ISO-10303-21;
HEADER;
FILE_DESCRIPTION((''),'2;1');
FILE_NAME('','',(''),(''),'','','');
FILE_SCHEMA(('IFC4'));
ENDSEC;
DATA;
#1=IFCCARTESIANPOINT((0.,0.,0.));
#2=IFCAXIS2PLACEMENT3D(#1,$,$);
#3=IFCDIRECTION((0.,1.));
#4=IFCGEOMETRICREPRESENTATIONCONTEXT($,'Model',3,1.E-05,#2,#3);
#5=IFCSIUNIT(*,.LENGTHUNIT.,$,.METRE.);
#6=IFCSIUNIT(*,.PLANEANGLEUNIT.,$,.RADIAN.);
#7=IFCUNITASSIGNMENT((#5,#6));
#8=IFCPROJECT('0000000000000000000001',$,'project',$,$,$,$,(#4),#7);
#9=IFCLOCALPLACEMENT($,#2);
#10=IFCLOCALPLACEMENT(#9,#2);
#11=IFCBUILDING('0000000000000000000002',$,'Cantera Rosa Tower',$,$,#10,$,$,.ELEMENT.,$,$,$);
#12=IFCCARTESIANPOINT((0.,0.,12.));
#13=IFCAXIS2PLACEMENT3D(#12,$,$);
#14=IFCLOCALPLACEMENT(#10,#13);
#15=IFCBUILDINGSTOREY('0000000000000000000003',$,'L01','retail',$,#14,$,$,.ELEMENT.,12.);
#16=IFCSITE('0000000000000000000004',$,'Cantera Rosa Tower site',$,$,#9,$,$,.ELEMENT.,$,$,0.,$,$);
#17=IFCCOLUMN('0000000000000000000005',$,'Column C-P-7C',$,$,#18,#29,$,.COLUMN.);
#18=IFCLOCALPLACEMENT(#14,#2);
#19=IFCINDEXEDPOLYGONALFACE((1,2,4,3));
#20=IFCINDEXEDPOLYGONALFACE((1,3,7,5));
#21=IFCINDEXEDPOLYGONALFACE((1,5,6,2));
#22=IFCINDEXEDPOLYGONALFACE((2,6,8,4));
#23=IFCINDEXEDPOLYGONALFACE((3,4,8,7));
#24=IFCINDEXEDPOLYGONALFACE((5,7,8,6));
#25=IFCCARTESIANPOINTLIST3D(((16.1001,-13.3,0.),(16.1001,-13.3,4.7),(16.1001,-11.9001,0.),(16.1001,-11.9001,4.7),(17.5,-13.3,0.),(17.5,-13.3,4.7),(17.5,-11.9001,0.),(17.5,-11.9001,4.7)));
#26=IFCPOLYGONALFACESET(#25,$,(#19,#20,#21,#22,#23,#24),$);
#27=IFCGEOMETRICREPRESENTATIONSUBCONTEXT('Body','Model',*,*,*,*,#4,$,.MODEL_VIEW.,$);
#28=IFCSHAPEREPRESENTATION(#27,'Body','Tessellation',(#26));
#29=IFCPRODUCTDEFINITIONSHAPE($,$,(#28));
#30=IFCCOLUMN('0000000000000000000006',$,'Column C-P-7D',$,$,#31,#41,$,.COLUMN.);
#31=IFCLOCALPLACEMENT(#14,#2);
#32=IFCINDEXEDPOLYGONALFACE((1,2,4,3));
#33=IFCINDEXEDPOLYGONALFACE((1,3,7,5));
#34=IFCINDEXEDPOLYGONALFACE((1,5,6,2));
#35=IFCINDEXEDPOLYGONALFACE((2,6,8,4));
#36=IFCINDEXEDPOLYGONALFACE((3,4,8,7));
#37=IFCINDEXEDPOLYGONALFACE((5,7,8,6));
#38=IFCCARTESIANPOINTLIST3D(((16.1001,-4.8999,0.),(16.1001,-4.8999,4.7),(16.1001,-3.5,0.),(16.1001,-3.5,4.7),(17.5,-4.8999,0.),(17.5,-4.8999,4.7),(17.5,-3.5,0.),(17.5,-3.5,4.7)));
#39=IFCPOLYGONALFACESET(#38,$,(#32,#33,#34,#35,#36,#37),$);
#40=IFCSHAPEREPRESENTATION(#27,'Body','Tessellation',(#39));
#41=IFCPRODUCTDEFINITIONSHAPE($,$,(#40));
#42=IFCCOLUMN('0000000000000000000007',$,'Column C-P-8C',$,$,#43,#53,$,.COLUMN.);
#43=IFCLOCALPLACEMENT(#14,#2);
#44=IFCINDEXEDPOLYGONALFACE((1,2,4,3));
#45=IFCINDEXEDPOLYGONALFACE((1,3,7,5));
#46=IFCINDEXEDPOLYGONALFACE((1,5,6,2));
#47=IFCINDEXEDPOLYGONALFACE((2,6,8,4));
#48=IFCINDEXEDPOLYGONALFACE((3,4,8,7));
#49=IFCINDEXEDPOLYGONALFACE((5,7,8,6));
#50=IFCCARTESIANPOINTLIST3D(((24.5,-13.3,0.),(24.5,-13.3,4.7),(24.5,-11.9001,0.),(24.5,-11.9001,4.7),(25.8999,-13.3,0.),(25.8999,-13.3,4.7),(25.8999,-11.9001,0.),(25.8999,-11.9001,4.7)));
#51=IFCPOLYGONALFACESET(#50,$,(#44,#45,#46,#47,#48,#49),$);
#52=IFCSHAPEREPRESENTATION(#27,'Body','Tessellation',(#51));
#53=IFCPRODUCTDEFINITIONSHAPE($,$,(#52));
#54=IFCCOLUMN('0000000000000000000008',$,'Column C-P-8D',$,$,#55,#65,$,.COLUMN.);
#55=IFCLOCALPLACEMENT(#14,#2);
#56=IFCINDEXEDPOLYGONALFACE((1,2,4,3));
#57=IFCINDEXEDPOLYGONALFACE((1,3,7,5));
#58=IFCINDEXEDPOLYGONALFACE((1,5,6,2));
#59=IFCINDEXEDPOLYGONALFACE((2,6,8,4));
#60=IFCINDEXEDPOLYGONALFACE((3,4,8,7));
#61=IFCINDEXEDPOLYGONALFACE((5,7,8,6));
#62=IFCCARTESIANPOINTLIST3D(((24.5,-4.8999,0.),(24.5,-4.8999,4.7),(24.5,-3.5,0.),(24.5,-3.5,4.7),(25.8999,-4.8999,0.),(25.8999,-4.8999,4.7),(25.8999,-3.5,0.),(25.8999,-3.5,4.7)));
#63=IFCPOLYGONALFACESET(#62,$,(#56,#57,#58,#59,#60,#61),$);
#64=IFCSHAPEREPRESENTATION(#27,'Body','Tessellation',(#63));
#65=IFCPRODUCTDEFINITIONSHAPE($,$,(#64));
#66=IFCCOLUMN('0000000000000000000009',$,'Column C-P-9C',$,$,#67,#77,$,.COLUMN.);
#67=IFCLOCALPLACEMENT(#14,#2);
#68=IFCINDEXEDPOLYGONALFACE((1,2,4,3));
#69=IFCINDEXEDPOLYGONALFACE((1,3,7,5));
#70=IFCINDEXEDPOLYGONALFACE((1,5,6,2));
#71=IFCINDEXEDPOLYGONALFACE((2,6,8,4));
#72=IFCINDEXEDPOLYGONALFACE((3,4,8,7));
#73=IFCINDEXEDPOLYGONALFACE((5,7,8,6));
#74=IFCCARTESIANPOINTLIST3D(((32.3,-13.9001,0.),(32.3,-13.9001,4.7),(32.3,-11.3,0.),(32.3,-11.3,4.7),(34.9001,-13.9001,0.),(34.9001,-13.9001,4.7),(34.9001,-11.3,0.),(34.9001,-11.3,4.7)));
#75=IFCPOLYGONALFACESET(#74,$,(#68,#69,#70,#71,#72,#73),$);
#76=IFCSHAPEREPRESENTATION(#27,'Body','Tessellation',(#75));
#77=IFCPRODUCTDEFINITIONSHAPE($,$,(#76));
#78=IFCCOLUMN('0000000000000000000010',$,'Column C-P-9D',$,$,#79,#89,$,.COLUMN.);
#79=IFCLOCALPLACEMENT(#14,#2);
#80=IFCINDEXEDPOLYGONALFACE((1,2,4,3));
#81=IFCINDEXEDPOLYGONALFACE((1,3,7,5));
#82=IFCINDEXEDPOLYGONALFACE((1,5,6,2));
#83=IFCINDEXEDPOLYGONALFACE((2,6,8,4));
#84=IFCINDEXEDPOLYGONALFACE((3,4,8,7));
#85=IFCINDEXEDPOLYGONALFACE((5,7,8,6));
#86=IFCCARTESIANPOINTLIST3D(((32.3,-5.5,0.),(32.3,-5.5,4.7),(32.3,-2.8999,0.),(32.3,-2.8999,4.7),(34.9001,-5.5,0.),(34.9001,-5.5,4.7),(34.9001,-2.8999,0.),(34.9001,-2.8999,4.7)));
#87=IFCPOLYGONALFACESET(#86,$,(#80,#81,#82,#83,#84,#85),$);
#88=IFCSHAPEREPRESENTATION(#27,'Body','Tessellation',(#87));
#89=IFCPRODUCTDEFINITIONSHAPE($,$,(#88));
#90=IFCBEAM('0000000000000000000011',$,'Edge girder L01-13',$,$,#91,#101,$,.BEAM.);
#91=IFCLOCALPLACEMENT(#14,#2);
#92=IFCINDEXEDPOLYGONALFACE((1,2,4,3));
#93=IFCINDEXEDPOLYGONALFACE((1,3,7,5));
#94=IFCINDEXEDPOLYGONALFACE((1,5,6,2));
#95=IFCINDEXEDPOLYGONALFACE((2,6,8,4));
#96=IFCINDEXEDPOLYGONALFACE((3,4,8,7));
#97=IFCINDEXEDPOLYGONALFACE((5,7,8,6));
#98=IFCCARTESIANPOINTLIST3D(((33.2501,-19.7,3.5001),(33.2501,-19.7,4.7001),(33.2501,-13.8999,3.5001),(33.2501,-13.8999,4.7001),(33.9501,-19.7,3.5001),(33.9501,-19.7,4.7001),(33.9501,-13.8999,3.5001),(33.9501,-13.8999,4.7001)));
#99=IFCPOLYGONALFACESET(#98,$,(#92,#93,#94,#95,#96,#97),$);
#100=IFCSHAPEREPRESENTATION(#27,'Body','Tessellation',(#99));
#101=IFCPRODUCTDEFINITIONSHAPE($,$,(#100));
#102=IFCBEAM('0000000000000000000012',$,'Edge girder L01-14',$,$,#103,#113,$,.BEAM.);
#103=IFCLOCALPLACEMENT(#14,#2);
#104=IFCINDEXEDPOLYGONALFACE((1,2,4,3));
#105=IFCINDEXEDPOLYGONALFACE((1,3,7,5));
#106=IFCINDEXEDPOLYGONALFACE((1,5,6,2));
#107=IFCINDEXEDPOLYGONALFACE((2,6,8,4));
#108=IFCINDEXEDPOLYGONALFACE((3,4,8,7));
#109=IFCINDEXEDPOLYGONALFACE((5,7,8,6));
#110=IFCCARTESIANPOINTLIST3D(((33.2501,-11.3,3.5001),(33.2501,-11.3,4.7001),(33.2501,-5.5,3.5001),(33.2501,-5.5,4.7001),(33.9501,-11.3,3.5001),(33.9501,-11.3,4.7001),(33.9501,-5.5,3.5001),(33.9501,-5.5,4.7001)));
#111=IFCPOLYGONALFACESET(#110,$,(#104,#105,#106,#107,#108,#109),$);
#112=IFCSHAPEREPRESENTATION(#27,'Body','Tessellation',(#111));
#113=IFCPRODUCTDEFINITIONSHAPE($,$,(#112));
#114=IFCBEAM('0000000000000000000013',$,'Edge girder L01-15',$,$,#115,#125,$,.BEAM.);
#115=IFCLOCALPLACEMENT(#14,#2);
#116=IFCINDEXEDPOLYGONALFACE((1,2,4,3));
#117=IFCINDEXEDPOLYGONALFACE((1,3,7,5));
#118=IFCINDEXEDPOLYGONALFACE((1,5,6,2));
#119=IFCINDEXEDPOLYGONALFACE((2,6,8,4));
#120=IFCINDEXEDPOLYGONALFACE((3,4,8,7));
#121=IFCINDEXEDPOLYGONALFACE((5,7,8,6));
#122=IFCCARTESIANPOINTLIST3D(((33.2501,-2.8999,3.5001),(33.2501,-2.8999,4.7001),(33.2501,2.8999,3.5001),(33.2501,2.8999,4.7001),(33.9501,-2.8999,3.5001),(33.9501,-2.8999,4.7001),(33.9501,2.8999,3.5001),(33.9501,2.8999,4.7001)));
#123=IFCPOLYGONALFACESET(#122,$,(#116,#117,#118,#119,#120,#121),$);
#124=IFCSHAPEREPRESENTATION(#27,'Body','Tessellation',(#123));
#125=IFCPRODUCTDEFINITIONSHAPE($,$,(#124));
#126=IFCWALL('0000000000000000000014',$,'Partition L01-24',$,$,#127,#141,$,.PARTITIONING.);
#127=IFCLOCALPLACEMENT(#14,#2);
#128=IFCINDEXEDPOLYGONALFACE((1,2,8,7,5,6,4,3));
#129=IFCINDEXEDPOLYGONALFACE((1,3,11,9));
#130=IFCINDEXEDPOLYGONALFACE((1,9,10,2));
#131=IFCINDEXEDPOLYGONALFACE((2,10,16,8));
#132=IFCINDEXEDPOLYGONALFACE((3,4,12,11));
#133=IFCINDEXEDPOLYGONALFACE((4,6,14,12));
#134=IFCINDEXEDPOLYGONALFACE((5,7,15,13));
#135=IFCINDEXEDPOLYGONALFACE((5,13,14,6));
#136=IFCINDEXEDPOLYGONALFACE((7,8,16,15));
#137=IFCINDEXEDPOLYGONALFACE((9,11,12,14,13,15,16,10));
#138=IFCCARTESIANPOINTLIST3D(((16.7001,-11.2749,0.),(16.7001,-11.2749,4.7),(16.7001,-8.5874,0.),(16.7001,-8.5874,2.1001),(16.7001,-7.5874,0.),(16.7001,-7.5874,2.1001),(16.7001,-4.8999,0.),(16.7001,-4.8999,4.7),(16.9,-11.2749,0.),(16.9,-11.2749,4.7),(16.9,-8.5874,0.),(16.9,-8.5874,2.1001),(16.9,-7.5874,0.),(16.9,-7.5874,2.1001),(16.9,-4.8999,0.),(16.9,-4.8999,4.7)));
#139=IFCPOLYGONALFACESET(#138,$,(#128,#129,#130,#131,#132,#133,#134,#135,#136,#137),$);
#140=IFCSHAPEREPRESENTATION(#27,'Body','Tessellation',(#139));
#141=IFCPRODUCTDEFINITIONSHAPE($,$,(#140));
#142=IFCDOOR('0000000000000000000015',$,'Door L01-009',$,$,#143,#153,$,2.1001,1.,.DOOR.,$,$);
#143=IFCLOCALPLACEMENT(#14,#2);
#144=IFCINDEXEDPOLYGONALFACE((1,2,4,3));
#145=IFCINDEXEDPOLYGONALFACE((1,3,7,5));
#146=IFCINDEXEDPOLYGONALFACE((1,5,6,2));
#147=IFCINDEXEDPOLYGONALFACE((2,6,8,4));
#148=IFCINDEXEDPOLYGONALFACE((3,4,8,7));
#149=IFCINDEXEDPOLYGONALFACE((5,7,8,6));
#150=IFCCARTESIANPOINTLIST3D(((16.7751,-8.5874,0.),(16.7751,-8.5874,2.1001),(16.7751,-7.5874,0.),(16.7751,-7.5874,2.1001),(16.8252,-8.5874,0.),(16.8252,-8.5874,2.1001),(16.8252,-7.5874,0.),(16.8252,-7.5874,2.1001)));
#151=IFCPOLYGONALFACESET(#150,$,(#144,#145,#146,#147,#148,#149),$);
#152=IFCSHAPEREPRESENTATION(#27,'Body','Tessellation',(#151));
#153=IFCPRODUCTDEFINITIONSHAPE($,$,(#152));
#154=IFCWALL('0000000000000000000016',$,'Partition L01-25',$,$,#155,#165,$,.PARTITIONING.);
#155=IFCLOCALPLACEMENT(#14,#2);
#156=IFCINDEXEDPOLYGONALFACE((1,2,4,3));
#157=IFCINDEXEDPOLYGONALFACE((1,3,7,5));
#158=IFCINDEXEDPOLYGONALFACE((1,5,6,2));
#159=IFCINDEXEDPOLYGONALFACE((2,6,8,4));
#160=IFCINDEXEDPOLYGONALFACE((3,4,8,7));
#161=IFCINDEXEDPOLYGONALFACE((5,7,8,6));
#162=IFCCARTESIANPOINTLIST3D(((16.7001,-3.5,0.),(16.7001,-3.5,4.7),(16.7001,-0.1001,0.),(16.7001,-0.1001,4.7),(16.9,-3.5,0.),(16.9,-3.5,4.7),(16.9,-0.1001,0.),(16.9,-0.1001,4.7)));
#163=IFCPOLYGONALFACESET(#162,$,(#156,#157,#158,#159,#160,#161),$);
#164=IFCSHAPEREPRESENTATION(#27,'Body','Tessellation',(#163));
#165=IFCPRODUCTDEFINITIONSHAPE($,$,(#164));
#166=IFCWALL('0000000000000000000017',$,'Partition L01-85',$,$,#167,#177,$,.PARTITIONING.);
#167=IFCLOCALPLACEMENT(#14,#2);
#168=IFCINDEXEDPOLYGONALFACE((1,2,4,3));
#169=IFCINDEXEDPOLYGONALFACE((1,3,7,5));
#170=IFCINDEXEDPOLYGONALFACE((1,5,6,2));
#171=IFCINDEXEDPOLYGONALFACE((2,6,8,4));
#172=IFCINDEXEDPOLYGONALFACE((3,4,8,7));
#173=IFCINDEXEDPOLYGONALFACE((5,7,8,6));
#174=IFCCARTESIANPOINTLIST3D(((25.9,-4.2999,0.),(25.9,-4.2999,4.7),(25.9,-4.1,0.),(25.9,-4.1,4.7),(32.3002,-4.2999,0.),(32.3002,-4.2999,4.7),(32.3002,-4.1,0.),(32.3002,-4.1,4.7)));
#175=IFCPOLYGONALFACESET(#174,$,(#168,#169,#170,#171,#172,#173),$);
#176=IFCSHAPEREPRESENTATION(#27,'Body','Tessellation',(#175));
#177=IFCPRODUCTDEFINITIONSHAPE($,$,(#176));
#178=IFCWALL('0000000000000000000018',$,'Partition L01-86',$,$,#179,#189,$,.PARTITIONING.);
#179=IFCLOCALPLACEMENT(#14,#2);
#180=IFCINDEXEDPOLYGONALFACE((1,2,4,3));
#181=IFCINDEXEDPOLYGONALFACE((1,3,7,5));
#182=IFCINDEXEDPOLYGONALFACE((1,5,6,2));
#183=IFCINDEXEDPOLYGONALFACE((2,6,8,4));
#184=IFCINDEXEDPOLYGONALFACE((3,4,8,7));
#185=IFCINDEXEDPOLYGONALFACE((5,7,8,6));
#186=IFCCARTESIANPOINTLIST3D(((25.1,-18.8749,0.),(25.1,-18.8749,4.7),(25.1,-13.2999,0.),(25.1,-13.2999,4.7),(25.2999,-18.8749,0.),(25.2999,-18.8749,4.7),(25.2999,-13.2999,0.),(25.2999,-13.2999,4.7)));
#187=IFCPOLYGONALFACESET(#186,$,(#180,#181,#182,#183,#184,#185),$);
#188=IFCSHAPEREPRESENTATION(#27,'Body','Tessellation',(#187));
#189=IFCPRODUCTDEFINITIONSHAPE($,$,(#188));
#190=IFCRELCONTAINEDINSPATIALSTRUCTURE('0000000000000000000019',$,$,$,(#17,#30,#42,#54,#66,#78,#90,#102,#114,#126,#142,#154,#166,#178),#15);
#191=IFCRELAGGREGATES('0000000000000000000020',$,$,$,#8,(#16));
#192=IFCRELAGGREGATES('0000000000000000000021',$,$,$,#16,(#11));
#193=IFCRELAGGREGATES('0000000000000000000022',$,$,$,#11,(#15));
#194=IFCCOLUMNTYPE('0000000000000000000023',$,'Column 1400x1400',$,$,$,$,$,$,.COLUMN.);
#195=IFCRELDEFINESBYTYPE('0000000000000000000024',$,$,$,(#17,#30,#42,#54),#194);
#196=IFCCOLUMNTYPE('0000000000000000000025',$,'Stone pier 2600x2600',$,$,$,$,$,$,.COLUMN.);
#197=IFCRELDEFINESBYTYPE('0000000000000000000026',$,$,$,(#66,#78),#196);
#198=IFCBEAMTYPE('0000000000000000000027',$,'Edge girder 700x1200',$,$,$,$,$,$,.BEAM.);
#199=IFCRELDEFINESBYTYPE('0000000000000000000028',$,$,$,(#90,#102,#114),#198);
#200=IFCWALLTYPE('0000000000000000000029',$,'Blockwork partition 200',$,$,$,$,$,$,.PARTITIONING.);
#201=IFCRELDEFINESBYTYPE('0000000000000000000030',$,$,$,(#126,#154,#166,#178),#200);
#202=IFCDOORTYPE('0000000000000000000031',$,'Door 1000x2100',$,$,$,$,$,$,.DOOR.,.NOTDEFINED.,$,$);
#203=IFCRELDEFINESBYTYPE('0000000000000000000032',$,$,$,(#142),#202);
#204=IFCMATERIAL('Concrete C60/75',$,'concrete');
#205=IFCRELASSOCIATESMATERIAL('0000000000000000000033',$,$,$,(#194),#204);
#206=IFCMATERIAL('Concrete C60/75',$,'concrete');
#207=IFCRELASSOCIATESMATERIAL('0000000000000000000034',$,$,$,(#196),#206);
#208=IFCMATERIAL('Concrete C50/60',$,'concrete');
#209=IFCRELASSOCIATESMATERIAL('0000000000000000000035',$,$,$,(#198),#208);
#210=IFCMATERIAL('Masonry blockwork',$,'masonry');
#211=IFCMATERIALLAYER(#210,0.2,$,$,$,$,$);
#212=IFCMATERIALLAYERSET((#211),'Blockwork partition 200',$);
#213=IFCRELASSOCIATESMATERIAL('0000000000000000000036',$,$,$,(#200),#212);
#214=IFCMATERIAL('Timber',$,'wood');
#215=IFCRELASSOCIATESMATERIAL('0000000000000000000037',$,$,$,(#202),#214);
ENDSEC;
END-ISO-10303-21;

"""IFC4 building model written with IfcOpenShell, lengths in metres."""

from ifc_helpers import new_model, si_unit, direction, frame, frame_2d, origin, origin_2d, place, context, subcontext, project, spatial, rectangle, extrude, material, layer, layer_set, material_profile, profile_set, type_object, element, fill, save


model = new_model("IFC4")

# Units and contexts
model_context = context("Model", 3, precision=1e-05, world=origin(), true_north=direction((0.0, 1.0)))
body_context = subcontext(model_context, "Body", "Model", "MODEL_VIEW")
ifc_project = project(units=[si_unit("LENGTHUNIT", "METRE"), si_unit("PLANEANGLEUNIT", "RADIAN")], contexts=[model_context])

# Site, building, storey
site_placement = place(None, origin())
site = spatial("IfcSite", under=ifc_project, at=site_placement, Name="Cantera Rosa Tower site", CompositionType="ELEMENT", RefElevation=0.0)
building_placement = place(site_placement, origin())
building = spatial("IfcBuilding", under=site, at=building_placement, Name="Cantera Rosa Tower", CompositionType="ELEMENT")
storey_placement = place(building_placement, frame((0.0, 0.0, 12.0)))
storey = spatial("IfcBuildingStorey", under=building, at=storey_placement, Name="L01", Description="retail", CompositionType="ELEMENT", Elevation=12.0)

# Columns
ifc_material_1 = material(Name="Concrete C60/75", Category="concrete")
ifc_material_profile_1 = material_profile(ifc_material_1, rectangle(XDim=1.3999, YDim=1.3999, at=origin_2d()), Name="Column 1400x1400")
ifc_profile_set_1 = profile_set([ifc_material_profile_1], Name="Concrete C60/75")
column_type_1 = type_object("IfcColumnType", Name="Column 1400x1400", PredefinedType="COLUMN", material=ifc_profile_set_1)
for number, where, z_axis, x_axis, name in (
    (1, (16.8, -12.6001, 0.0), (0.0, 0.0, 1.0), (1.0, 0.0, 0.0), "Column C-P-7C"),
    (2, (16.8, -4.2, 0.0), (0.0, 0.0, 1.0), (1.0, 0.0, 0.0), "Column C-P-7D"),
    (3, (25.2, -12.6001, 0.0), (0.0, 0.0, 1.0), (1.0, 0.0, 0.0), "Column C-P-8C"),
    (4, (25.2, -4.2, 0.0), (0.0, 0.0, 1.0), (1.0, 0.0, 0.0), "Column C-P-8D"),
):
    element("IfcColumn", number, at=place(storey_placement, frame(where, z_axis=z_axis, x_axis=x_axis)), inside=storey, type_object=column_type_1, Name=name, PredefinedType="COLUMN", context=body_context, shape_type="SweptSolid", body=[
        extrude(rectangle(XDim=1.3999, YDim=1.3999, at=origin_2d()), origin(), (0.0, 0.0, 1.0), 4.7),
    ])
ifc_material_2 = material(Name="Concrete C60/75", Category="concrete")
ifc_material_profile_2 = material_profile(ifc_material_2, rectangle(XDim=2.6001, YDim=2.6001, at=origin_2d()), Name="Stone pier 2600x2600")
ifc_profile_set_2 = profile_set([ifc_material_profile_2], Name="Concrete C60/75")
column_type_2 = type_object("IfcColumnType", Name="Stone pier 2600x2600", PredefinedType="COLUMN", material=ifc_profile_set_2)
for number, where, z_axis, x_axis, name in (
    (5, (33.6001, -12.6001, 0.0), (0.0, 0.0, 1.0), (1.0, 0.0, 0.0), "Column C-P-9C"),
    (6, (33.6001, -4.2, 0.0), (0.0, 0.0, 1.0), (1.0, 0.0, 0.0), "Column C-P-9D"),
):
    element("IfcColumn", number, at=place(storey_placement, frame(where, z_axis=z_axis, x_axis=x_axis)), inside=storey, type_object=column_type_2, Name=name, PredefinedType="COLUMN", context=body_context, shape_type="SweptSolid", body=[
        extrude(rectangle(XDim=2.6001, YDim=2.6001, at=origin_2d()), origin(), (0.0, 0.0, 1.0), 4.7),
    ])

# Beams
ifc_material_3 = material(Name="Concrete C50/60", Category="concrete")
ifc_material_profile_3 = material_profile(ifc_material_3, rectangle(XDim=0.7, YDim=1.2, at=origin_2d()), Name="Edge girder 700x1200")
ifc_profile_set_3 = profile_set([ifc_material_profile_3], Name="Concrete C50/60")
beam_type = type_object("IfcBeamType", Name="Edge girder 700x1200", PredefinedType="BEAM", material=ifc_profile_set_3)
for number, where, z_axis, x_axis, name in (
    (7, (33.6001, -19.7, 4.1001), (0.0, 1.0, 0.0), (-1.0, 0.0, 0.0), "Edge girder L01-13"),
    (8, (33.6001, -11.3, 4.1001), (0.0, 1.0, 0.0), (-1.0, 0.0, 0.0), "Edge girder L01-14"),
):
    element("IfcBeam", number, at=place(storey_placement, frame(where, z_axis=z_axis, x_axis=x_axis)), inside=storey, type_object=beam_type, Name=name, PredefinedType="BEAM", context=body_context, shape_type="SweptSolid", body=[
        extrude(rectangle(XDim=0.7, YDim=1.2, at=origin_2d()), origin(), (0.0, 0.0, 1.0), 5.8),
    ])
beam_placement = place(storey_placement, frame((33.6001, -2.8999, 4.1001), z_axis=(0.0, 1.0, 0.0), x_axis=(-1.0, 0.0, 0.0)))
element("IfcBeam", 9, at=beam_placement, inside=storey, type_object=beam_type, Name="Edge girder L01-15", PredefinedType="BEAM", context=body_context, shape_type="SweptSolid", body=[
    extrude(rectangle(XDim=0.7, YDim=1.2, at=origin_2d()), origin(), (0.0, 0.0, 1.0), 5.7998),
])

# Wall, opening, door
ifc_material_4 = material(Name="Masonry blockwork", Category="masonry")
ifc_layer_1 = layer(ifc_material_4, 0.2)
ifc_layer_set_1 = layer_set([ifc_layer_1], Name="Blockwork partition 200")
wall_type_1 = type_object("IfcWallType", Name="Blockwork partition 200", PredefinedType="PARTITIONING", material=ifc_layer_set_1)
wall_1_placement = place(storey_placement, frame((16.8, -11.2749, 0.0), z_axis=(0.0, 0.0, 1.0), x_axis=(0.0, 1.0, 0.0)))
wall_1 = element("IfcWall", 10, at=wall_1_placement, inside=storey, type_object=wall_type_1, Name="Partition L01-24", PredefinedType="PARTITIONING", context=body_context, shape_type="SweptSolid", body=[
    extrude(rectangle(XDim=6.375, YDim=0.2, at=frame_2d((3.1875, 0.0))), origin(), (0.0, 0.0, 1.0), 4.7),
])
opening_1_placement = place(wall_1_placement, frame((2.6875, 0.0, 0.0)))
opening_1 = element("IfcOpeningElement", 11, at=opening_1_placement, cuts=wall_1, PredefinedType="OPENING", context=body_context, shape_type="SweptSolid", body=[
    extrude(rectangle(XDim=1.0, YDim=2.1001, at=frame_2d((0.5, 1.05))), frame((0.0, 0.1099, 0.0), z_axis=(0.0, -1.0, 0.0), x_axis=(1.0, 0.0, 0.0)), (0.0, 0.0, 1.0), 0.22),
])
ifc_material_5 = material(Name="Timber", Category="wood")
door_type_1 = type_object("IfcDoorType", Name="Door 1000x2100", OperationType="NOTDEFINED", PredefinedType="DOOR", material=ifc_material_5)
door_1_placement = place(opening_1_placement, origin())
door_1 = element("IfcDoor", 12, at=door_1_placement, inside=storey, type_object=door_type_1, Name="Door L01-009", OverallHeight=2.1001, OverallWidth=1.0, PredefinedType="DOOR", context=body_context, shape_type="SweptSolid", body=[
    extrude(rectangle(XDim=1.0, YDim=2.1001, at=frame_2d((0.5, 1.05))), frame((0.0, 0.0249, 0.0), z_axis=(0.0, -1.0, 0.0), x_axis=(1.0, 0.0, 0.0)), (0.0, 0.0, 1.0), 0.05),
])
fill(opening_1, door_1)

# Walls
wall_2_placement = place(storey_placement, frame((16.8, -3.5, 0.0), z_axis=(0.0, 0.0, 1.0), x_axis=(0.0, 1.0, 0.0)))
element("IfcWall", 13, at=wall_2_placement, inside=storey, type_object=wall_type_1, Name="Partition L01-25", PredefinedType="PARTITIONING", context=body_context, shape_type="SweptSolid", body=[
    extrude(rectangle(XDim=3.3999, YDim=0.2, at=frame_2d((1.7, 0.0))), origin(), (0.0, 0.0, 1.0), 4.7),
])
wall_3_placement = place(storey_placement, frame((25.8999, -4.2, 0.0), z_axis=(0.0, 0.0, 1.0), x_axis=(1.0, 0.0, 0.0)))
element("IfcWall", 14, at=wall_3_placement, inside=storey, type_object=wall_type_1, Name="Partition L01-85", PredefinedType="PARTITIONING", context=body_context, shape_type="SweptSolid", body=[
    extrude(rectangle(XDim=6.4001, YDim=0.2, at=frame_2d((3.2002, 0.0))), origin(), (0.0, 0.0, 1.0), 4.7),
])
wall_4_placement = place(storey_placement, frame((25.2, -18.875, 0.0), z_axis=(0.0, 0.0, 1.0), x_axis=(0.0, 1.0, 0.0)))
element("IfcWall", 15, at=wall_4_placement, inside=storey, type_object=wall_type_1, Name="Partition L01-86", PredefinedType="PARTITIONING", context=body_context, shape_type="SweptSolid", body=[
    extrude(rectangle(XDim=5.575, YDim=0.2, at=frame_2d((2.7876, 0.0))), origin(), (0.0, 0.0, 1.0), 4.7),
])

save(model, "model.ifc")
